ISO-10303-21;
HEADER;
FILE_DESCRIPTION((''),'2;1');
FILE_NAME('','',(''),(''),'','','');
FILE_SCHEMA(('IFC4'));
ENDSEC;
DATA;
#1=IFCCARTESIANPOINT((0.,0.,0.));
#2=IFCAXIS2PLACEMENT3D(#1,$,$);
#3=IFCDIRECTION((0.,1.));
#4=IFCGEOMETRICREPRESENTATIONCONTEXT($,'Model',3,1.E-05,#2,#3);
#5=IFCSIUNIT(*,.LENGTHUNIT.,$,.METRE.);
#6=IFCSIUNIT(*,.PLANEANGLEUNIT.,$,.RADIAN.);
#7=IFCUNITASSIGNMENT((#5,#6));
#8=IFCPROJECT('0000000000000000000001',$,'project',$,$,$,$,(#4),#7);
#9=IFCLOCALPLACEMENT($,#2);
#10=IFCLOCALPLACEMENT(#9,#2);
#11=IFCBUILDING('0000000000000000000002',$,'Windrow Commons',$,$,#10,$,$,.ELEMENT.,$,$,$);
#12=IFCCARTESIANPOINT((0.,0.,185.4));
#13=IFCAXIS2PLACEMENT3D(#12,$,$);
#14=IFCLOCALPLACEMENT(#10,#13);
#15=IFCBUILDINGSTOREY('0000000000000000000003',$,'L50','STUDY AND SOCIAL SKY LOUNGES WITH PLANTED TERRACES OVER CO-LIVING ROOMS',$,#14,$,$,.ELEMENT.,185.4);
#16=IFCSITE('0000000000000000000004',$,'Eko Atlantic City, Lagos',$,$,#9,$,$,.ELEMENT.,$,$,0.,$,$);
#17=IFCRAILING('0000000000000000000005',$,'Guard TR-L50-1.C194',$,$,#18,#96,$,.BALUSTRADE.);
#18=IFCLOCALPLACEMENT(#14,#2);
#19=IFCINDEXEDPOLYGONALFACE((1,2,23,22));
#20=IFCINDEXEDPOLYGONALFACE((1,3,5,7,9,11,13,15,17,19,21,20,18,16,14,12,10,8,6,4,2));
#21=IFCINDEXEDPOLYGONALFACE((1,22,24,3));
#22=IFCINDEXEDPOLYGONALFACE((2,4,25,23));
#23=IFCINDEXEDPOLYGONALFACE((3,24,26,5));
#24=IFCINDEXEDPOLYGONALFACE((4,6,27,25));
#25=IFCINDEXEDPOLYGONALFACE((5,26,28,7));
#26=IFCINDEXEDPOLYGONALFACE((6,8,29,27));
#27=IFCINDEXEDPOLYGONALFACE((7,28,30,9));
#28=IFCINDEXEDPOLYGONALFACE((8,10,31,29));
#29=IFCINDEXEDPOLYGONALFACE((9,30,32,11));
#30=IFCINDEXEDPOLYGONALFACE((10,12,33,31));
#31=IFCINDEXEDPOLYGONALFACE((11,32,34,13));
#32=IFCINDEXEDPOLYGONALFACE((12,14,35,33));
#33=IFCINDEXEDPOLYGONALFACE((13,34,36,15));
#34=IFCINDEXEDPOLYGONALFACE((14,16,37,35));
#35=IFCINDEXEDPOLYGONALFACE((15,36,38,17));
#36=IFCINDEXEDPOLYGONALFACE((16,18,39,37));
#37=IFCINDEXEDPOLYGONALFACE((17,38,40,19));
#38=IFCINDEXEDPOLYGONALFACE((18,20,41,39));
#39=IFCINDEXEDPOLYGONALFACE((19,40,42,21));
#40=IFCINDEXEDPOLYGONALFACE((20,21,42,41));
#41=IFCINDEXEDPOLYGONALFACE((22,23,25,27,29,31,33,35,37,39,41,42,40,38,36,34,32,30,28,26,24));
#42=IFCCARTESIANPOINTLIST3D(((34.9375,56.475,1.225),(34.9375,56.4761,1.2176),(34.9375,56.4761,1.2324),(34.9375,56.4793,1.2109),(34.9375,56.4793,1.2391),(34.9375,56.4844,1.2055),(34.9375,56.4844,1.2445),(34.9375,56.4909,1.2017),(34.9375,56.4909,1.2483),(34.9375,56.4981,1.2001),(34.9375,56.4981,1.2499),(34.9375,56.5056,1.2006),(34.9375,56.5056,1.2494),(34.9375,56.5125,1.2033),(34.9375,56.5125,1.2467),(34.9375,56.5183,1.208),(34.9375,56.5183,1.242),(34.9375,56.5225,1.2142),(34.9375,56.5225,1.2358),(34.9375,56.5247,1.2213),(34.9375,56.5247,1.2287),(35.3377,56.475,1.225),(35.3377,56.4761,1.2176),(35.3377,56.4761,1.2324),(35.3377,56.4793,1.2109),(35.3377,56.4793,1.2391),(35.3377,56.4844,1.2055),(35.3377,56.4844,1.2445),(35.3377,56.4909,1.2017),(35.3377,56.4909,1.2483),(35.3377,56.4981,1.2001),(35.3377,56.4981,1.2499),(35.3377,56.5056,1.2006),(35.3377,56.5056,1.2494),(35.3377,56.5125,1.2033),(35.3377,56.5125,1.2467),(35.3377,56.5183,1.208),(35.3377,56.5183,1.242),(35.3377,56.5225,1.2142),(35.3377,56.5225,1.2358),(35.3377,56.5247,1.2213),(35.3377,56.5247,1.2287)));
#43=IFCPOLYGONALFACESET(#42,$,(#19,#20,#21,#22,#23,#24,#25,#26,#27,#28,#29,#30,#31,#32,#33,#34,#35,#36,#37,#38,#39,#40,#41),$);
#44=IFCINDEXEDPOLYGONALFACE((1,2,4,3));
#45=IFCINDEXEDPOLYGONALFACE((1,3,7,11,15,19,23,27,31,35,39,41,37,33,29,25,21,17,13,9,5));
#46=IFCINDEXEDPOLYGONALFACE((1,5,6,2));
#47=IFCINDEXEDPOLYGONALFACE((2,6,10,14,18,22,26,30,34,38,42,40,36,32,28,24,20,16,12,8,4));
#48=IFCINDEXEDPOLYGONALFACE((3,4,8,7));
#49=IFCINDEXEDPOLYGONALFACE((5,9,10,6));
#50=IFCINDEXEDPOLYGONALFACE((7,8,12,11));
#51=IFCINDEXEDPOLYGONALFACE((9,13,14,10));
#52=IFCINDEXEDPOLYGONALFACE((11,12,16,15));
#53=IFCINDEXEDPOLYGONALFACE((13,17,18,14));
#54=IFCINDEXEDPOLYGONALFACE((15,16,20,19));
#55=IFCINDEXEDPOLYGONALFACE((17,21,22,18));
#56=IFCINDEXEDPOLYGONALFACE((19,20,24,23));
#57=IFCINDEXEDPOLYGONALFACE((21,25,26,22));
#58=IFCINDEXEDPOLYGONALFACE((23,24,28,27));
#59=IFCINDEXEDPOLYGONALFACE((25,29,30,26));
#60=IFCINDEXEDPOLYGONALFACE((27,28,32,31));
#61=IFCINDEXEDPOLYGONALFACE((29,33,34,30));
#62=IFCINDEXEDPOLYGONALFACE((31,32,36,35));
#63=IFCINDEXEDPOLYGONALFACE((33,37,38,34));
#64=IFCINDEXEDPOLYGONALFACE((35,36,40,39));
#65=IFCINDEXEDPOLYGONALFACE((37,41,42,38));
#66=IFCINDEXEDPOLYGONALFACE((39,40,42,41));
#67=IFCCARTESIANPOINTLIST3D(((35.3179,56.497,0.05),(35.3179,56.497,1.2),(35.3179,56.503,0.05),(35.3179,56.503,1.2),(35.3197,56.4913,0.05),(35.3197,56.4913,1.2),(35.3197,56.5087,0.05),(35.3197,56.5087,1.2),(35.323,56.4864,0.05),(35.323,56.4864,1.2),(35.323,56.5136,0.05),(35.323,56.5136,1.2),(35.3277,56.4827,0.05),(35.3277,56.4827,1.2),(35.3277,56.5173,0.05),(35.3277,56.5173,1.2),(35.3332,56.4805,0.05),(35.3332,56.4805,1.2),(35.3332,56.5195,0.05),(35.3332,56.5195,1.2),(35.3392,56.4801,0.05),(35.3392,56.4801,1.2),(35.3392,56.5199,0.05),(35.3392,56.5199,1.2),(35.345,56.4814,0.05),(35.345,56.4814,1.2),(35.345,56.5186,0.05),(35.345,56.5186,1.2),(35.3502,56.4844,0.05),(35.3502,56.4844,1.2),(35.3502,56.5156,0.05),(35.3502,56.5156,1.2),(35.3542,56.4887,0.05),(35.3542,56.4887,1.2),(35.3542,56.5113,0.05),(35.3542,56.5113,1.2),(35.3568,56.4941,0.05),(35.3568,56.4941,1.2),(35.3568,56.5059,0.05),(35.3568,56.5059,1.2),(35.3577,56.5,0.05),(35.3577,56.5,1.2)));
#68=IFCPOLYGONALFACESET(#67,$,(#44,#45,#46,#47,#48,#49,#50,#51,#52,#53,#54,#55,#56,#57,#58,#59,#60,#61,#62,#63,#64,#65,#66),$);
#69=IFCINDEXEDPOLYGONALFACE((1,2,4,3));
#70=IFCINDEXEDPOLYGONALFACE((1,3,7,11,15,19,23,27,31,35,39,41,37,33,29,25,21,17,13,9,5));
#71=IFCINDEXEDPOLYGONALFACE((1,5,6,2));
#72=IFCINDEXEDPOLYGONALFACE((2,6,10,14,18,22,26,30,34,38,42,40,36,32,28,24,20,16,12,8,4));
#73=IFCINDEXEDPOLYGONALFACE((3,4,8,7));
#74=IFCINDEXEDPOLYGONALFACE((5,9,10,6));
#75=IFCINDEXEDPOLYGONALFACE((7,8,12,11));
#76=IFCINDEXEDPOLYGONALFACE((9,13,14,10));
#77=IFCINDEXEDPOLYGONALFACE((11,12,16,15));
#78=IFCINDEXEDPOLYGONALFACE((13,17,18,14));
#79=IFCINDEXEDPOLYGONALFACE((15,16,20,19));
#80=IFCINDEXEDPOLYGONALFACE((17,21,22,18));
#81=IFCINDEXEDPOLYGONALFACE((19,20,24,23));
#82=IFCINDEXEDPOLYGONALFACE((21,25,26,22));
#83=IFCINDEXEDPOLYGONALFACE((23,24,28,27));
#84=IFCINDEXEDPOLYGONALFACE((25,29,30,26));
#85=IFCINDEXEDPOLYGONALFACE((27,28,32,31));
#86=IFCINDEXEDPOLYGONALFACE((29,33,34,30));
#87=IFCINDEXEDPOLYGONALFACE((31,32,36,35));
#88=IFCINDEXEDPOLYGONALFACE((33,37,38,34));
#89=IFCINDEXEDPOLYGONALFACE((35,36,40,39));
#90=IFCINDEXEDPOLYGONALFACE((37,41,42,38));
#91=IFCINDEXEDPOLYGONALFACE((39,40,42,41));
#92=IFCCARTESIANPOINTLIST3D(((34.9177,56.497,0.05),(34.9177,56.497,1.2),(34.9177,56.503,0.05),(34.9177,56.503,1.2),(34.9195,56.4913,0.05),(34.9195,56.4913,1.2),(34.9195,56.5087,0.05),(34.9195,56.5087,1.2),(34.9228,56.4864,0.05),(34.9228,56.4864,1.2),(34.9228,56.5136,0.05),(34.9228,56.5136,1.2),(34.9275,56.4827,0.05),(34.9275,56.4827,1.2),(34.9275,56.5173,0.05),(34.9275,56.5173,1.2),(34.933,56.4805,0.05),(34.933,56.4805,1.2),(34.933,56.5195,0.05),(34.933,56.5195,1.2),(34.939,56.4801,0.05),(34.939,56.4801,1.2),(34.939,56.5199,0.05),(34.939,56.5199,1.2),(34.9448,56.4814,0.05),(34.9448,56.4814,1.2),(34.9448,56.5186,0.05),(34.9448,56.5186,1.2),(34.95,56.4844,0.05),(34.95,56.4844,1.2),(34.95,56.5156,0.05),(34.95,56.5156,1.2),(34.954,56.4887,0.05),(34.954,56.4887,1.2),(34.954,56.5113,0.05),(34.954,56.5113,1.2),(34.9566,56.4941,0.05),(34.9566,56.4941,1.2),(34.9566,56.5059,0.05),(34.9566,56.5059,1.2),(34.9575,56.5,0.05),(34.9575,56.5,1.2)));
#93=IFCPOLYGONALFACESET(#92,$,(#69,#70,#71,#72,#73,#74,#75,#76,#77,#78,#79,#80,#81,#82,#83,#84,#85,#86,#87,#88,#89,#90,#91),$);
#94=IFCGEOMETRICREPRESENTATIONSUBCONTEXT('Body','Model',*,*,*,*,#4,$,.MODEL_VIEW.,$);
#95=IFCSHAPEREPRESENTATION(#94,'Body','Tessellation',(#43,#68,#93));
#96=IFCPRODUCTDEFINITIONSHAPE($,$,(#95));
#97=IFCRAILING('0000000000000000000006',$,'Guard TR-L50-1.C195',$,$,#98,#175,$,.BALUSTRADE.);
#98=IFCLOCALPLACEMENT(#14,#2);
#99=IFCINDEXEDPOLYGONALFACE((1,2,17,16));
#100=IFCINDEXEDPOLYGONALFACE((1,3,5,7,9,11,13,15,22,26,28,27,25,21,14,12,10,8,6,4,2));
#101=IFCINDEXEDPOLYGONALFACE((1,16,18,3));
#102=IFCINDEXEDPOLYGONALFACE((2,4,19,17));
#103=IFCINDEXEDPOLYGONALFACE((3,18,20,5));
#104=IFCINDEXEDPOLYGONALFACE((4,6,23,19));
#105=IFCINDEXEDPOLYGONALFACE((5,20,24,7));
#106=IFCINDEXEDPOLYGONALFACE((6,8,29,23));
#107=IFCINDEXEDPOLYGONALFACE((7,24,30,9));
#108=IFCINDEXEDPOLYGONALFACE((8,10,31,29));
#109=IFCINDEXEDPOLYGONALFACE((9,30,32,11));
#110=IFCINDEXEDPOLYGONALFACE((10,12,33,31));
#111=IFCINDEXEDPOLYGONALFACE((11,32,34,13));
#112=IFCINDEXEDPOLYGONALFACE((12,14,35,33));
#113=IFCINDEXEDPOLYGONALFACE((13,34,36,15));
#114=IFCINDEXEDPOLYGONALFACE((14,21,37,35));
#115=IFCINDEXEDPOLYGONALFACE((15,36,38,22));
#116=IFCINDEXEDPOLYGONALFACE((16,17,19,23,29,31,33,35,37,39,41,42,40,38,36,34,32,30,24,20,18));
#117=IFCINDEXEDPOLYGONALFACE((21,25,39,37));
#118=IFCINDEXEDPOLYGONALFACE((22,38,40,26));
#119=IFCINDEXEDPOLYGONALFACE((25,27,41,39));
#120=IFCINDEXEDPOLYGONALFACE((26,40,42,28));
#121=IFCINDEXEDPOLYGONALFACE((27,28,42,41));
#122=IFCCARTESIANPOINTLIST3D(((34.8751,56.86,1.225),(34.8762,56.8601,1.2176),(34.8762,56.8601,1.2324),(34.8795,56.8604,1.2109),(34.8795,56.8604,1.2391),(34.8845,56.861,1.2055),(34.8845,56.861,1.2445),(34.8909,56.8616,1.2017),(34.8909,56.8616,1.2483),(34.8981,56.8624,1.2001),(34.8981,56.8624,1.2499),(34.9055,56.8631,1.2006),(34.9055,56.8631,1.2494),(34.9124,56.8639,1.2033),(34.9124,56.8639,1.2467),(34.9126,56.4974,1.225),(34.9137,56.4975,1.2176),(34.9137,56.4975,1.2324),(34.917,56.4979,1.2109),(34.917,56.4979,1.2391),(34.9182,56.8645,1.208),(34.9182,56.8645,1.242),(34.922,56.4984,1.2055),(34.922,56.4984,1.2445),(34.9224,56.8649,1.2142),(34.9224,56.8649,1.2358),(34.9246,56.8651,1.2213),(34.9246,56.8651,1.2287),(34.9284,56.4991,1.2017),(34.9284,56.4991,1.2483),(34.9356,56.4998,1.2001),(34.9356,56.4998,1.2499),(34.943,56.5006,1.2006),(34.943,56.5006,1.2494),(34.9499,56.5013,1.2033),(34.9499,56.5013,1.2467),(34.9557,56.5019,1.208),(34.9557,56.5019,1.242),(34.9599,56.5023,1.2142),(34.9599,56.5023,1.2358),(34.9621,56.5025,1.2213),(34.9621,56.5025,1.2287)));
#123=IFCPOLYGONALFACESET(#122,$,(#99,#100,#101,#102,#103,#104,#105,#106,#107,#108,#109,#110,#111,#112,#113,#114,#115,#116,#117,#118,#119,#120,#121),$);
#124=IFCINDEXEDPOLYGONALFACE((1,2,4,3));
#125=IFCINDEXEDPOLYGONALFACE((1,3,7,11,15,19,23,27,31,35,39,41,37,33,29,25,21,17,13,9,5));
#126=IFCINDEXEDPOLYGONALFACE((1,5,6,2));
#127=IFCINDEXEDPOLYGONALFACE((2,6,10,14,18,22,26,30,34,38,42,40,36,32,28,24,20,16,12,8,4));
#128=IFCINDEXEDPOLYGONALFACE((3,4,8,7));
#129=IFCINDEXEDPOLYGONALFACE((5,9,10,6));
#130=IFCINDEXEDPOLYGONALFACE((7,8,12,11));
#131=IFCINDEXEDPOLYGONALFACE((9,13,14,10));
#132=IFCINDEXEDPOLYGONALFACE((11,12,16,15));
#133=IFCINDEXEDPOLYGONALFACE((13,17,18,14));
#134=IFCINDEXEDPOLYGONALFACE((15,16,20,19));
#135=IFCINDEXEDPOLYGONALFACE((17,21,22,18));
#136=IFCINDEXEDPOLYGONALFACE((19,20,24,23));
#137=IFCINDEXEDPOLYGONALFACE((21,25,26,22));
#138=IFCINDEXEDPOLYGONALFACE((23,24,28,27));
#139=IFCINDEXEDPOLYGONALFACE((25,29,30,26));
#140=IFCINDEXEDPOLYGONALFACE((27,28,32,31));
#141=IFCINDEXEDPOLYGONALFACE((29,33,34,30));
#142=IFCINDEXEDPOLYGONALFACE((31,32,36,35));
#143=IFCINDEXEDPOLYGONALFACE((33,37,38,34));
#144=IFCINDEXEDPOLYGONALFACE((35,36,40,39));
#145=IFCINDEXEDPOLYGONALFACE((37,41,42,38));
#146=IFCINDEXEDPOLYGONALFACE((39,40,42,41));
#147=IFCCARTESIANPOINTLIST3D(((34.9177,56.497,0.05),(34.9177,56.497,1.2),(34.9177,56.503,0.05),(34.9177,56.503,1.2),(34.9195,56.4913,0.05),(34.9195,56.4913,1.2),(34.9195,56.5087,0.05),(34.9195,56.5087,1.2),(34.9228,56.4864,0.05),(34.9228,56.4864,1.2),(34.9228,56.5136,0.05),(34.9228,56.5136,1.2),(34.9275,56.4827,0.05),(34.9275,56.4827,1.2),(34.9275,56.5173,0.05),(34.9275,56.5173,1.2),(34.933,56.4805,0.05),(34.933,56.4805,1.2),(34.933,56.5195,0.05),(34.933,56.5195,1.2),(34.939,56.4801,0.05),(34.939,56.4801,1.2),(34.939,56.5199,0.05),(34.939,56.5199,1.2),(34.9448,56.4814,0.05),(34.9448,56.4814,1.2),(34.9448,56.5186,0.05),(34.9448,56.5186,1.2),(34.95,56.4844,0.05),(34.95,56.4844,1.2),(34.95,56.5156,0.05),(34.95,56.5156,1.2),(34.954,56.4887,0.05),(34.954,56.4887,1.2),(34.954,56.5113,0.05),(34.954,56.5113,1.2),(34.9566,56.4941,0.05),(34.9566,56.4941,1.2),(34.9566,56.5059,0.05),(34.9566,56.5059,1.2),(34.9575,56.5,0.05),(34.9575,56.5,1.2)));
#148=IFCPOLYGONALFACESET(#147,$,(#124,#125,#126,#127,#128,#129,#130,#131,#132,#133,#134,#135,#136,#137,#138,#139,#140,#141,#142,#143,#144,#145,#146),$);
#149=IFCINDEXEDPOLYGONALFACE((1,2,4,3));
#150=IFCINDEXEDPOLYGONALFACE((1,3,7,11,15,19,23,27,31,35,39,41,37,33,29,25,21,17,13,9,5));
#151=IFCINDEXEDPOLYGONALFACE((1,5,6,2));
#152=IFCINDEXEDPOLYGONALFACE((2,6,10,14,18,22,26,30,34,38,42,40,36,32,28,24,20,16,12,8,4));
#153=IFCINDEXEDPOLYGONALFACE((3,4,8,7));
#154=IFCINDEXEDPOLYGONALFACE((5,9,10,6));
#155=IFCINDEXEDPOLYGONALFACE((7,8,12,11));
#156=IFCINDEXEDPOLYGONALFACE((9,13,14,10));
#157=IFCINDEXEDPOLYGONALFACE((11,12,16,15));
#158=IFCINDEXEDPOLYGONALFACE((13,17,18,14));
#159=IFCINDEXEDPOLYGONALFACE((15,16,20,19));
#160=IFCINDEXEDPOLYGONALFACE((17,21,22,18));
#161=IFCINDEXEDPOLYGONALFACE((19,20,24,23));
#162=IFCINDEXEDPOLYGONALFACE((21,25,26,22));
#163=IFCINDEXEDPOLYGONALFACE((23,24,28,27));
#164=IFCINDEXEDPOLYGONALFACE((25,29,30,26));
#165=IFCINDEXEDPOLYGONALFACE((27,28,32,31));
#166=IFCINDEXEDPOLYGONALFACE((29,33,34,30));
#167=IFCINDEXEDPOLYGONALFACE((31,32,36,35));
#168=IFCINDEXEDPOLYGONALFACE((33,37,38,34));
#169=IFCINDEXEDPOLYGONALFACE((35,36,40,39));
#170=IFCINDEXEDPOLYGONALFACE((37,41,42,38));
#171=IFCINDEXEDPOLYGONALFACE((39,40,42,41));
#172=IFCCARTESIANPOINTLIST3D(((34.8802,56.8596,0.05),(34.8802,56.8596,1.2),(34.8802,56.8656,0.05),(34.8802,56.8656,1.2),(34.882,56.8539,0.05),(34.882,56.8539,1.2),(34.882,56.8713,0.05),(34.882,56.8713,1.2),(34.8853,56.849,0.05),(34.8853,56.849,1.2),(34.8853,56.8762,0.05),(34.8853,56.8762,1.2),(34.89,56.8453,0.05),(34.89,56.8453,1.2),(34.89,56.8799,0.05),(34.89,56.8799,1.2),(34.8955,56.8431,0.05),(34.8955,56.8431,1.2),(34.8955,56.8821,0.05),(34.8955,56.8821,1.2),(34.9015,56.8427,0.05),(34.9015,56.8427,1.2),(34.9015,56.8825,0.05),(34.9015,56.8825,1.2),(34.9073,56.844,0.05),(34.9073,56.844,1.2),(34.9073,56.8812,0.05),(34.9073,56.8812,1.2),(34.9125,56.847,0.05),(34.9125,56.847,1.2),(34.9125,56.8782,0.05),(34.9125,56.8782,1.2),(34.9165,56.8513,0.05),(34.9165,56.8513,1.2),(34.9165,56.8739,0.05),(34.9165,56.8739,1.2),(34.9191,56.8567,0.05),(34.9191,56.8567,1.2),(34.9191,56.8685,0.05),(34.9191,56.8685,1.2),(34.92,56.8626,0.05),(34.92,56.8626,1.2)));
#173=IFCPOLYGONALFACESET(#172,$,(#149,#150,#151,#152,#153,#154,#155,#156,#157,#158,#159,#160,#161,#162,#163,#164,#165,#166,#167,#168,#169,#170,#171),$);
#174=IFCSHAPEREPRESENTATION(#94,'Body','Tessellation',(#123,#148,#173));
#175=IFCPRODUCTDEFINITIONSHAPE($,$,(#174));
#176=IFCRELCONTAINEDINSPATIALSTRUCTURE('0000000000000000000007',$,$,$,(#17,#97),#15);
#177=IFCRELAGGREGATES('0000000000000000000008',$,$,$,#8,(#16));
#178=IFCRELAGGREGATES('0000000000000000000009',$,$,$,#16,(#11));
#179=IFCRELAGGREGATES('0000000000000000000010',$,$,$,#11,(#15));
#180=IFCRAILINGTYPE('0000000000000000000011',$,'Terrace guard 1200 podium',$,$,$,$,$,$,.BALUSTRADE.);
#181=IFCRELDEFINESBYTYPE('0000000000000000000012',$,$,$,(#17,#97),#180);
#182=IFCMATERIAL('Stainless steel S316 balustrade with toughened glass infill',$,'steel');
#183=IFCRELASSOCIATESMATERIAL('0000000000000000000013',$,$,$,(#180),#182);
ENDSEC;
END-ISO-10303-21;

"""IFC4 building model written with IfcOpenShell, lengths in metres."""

from ifc_helpers import new_model, si_unit, direction, frame, origin, origin_2d, place, context, subcontext, project, spatial, circle, extrude, material, type_object, element, save


model = new_model("IFC4")

# Units and contexts
model_context = context("Model", 3, precision=1e-05, world=origin(), true_north=direction((0.0, 1.0)))
body_context = subcontext(model_context, "Body", "Model", "MODEL_VIEW")
ifc_project = project(units=[si_unit("LENGTHUNIT", "METRE"), si_unit("PLANEANGLEUNIT", "RADIAN")], contexts=[model_context])

# Site, building, storey
site_placement = place(None, origin())
site = spatial("IfcSite", under=ifc_project, at=site_placement, Name="Eko Atlantic City, Lagos", CompositionType="ELEMENT", RefElevation=0.0)
building_placement = place(site_placement, origin())
building = spatial("IfcBuilding", under=site, at=building_placement, Name="Windrow Commons", CompositionType="ELEMENT")
storey_placement = place(building_placement, frame((0.0, 0.0, 185.4)))
storey = spatial("IfcBuildingStorey", under=building, at=storey_placement, Name="L50", Description="STUDY AND SOCIAL SKY LOUNGES WITH PLANTED TERRACES OVER CO-LIVING ROOMS", CompositionType="ELEMENT", Elevation=185.4)

# Railings
ifc_material_1 = material(Name="Stainless steel S316 balustrade with toughened glass infill", Category="steel")
railing_type = type_object("IfcRailingType", Name="Terrace guard 1200 podium", PredefinedType="BALUSTRADE", material=ifc_material_1)
railing_1_placement = place(storey_placement, frame((35.3377, 56.5, 0.05)))
element("IfcRailing", 1, at=railing_1_placement, inside=storey, type_object=railing_type, Name="Guard TR-L50-1.C194", PredefinedType="BALUSTRADE", context=body_context, shape_type="SweptSolid", body=[
    extrude(circle(Radius=0.025, at=origin_2d()), frame((0.0, 0.0, 1.175), z_axis=(-1.0, 0.0, 0.0), x_axis=(0.0, -1.0, 0.0)), (0.0, 0.0, 1.0), 0.4002),
    extrude(circle(Radius=0.02, at=origin_2d()), origin(), (0.0, 0.0, 1.0), 1.15),
    extrude(circle(Radius=0.02, at=origin_2d()), frame((-0.4002, 0.0, 0.0)), (0.0, 0.0, 1.0), 1.15),
])
railing_2_placement = place(storey_placement, frame((34.9375, 56.5, 0.05)))
element("IfcRailing", 2, at=railing_2_placement, inside=storey, type_object=railing_type, Name="Guard TR-L50-1.C195", PredefinedType="BALUSTRADE", context=body_context, shape_type="SweptSolid", body=[
    extrude(circle(Radius=0.025, at=origin_2d()), frame((0.0, 0.0, 1.175), z_axis=(-0.102871, 0.994695, 0.0), x_axis=(-0.994695, -0.102871, 0.0)), (0.0, 0.0, 1.0), 0.3645),
    extrude(circle(Radius=0.02, at=origin_2d()), origin(), (0.0, 0.0, 1.0), 1.15),
    extrude(circle(Radius=0.02, at=origin_2d()), frame((-0.0375, 0.3626, 0.0)), (0.0, 0.0, 1.0), 1.15),
])

save(model, "model.ifc")
